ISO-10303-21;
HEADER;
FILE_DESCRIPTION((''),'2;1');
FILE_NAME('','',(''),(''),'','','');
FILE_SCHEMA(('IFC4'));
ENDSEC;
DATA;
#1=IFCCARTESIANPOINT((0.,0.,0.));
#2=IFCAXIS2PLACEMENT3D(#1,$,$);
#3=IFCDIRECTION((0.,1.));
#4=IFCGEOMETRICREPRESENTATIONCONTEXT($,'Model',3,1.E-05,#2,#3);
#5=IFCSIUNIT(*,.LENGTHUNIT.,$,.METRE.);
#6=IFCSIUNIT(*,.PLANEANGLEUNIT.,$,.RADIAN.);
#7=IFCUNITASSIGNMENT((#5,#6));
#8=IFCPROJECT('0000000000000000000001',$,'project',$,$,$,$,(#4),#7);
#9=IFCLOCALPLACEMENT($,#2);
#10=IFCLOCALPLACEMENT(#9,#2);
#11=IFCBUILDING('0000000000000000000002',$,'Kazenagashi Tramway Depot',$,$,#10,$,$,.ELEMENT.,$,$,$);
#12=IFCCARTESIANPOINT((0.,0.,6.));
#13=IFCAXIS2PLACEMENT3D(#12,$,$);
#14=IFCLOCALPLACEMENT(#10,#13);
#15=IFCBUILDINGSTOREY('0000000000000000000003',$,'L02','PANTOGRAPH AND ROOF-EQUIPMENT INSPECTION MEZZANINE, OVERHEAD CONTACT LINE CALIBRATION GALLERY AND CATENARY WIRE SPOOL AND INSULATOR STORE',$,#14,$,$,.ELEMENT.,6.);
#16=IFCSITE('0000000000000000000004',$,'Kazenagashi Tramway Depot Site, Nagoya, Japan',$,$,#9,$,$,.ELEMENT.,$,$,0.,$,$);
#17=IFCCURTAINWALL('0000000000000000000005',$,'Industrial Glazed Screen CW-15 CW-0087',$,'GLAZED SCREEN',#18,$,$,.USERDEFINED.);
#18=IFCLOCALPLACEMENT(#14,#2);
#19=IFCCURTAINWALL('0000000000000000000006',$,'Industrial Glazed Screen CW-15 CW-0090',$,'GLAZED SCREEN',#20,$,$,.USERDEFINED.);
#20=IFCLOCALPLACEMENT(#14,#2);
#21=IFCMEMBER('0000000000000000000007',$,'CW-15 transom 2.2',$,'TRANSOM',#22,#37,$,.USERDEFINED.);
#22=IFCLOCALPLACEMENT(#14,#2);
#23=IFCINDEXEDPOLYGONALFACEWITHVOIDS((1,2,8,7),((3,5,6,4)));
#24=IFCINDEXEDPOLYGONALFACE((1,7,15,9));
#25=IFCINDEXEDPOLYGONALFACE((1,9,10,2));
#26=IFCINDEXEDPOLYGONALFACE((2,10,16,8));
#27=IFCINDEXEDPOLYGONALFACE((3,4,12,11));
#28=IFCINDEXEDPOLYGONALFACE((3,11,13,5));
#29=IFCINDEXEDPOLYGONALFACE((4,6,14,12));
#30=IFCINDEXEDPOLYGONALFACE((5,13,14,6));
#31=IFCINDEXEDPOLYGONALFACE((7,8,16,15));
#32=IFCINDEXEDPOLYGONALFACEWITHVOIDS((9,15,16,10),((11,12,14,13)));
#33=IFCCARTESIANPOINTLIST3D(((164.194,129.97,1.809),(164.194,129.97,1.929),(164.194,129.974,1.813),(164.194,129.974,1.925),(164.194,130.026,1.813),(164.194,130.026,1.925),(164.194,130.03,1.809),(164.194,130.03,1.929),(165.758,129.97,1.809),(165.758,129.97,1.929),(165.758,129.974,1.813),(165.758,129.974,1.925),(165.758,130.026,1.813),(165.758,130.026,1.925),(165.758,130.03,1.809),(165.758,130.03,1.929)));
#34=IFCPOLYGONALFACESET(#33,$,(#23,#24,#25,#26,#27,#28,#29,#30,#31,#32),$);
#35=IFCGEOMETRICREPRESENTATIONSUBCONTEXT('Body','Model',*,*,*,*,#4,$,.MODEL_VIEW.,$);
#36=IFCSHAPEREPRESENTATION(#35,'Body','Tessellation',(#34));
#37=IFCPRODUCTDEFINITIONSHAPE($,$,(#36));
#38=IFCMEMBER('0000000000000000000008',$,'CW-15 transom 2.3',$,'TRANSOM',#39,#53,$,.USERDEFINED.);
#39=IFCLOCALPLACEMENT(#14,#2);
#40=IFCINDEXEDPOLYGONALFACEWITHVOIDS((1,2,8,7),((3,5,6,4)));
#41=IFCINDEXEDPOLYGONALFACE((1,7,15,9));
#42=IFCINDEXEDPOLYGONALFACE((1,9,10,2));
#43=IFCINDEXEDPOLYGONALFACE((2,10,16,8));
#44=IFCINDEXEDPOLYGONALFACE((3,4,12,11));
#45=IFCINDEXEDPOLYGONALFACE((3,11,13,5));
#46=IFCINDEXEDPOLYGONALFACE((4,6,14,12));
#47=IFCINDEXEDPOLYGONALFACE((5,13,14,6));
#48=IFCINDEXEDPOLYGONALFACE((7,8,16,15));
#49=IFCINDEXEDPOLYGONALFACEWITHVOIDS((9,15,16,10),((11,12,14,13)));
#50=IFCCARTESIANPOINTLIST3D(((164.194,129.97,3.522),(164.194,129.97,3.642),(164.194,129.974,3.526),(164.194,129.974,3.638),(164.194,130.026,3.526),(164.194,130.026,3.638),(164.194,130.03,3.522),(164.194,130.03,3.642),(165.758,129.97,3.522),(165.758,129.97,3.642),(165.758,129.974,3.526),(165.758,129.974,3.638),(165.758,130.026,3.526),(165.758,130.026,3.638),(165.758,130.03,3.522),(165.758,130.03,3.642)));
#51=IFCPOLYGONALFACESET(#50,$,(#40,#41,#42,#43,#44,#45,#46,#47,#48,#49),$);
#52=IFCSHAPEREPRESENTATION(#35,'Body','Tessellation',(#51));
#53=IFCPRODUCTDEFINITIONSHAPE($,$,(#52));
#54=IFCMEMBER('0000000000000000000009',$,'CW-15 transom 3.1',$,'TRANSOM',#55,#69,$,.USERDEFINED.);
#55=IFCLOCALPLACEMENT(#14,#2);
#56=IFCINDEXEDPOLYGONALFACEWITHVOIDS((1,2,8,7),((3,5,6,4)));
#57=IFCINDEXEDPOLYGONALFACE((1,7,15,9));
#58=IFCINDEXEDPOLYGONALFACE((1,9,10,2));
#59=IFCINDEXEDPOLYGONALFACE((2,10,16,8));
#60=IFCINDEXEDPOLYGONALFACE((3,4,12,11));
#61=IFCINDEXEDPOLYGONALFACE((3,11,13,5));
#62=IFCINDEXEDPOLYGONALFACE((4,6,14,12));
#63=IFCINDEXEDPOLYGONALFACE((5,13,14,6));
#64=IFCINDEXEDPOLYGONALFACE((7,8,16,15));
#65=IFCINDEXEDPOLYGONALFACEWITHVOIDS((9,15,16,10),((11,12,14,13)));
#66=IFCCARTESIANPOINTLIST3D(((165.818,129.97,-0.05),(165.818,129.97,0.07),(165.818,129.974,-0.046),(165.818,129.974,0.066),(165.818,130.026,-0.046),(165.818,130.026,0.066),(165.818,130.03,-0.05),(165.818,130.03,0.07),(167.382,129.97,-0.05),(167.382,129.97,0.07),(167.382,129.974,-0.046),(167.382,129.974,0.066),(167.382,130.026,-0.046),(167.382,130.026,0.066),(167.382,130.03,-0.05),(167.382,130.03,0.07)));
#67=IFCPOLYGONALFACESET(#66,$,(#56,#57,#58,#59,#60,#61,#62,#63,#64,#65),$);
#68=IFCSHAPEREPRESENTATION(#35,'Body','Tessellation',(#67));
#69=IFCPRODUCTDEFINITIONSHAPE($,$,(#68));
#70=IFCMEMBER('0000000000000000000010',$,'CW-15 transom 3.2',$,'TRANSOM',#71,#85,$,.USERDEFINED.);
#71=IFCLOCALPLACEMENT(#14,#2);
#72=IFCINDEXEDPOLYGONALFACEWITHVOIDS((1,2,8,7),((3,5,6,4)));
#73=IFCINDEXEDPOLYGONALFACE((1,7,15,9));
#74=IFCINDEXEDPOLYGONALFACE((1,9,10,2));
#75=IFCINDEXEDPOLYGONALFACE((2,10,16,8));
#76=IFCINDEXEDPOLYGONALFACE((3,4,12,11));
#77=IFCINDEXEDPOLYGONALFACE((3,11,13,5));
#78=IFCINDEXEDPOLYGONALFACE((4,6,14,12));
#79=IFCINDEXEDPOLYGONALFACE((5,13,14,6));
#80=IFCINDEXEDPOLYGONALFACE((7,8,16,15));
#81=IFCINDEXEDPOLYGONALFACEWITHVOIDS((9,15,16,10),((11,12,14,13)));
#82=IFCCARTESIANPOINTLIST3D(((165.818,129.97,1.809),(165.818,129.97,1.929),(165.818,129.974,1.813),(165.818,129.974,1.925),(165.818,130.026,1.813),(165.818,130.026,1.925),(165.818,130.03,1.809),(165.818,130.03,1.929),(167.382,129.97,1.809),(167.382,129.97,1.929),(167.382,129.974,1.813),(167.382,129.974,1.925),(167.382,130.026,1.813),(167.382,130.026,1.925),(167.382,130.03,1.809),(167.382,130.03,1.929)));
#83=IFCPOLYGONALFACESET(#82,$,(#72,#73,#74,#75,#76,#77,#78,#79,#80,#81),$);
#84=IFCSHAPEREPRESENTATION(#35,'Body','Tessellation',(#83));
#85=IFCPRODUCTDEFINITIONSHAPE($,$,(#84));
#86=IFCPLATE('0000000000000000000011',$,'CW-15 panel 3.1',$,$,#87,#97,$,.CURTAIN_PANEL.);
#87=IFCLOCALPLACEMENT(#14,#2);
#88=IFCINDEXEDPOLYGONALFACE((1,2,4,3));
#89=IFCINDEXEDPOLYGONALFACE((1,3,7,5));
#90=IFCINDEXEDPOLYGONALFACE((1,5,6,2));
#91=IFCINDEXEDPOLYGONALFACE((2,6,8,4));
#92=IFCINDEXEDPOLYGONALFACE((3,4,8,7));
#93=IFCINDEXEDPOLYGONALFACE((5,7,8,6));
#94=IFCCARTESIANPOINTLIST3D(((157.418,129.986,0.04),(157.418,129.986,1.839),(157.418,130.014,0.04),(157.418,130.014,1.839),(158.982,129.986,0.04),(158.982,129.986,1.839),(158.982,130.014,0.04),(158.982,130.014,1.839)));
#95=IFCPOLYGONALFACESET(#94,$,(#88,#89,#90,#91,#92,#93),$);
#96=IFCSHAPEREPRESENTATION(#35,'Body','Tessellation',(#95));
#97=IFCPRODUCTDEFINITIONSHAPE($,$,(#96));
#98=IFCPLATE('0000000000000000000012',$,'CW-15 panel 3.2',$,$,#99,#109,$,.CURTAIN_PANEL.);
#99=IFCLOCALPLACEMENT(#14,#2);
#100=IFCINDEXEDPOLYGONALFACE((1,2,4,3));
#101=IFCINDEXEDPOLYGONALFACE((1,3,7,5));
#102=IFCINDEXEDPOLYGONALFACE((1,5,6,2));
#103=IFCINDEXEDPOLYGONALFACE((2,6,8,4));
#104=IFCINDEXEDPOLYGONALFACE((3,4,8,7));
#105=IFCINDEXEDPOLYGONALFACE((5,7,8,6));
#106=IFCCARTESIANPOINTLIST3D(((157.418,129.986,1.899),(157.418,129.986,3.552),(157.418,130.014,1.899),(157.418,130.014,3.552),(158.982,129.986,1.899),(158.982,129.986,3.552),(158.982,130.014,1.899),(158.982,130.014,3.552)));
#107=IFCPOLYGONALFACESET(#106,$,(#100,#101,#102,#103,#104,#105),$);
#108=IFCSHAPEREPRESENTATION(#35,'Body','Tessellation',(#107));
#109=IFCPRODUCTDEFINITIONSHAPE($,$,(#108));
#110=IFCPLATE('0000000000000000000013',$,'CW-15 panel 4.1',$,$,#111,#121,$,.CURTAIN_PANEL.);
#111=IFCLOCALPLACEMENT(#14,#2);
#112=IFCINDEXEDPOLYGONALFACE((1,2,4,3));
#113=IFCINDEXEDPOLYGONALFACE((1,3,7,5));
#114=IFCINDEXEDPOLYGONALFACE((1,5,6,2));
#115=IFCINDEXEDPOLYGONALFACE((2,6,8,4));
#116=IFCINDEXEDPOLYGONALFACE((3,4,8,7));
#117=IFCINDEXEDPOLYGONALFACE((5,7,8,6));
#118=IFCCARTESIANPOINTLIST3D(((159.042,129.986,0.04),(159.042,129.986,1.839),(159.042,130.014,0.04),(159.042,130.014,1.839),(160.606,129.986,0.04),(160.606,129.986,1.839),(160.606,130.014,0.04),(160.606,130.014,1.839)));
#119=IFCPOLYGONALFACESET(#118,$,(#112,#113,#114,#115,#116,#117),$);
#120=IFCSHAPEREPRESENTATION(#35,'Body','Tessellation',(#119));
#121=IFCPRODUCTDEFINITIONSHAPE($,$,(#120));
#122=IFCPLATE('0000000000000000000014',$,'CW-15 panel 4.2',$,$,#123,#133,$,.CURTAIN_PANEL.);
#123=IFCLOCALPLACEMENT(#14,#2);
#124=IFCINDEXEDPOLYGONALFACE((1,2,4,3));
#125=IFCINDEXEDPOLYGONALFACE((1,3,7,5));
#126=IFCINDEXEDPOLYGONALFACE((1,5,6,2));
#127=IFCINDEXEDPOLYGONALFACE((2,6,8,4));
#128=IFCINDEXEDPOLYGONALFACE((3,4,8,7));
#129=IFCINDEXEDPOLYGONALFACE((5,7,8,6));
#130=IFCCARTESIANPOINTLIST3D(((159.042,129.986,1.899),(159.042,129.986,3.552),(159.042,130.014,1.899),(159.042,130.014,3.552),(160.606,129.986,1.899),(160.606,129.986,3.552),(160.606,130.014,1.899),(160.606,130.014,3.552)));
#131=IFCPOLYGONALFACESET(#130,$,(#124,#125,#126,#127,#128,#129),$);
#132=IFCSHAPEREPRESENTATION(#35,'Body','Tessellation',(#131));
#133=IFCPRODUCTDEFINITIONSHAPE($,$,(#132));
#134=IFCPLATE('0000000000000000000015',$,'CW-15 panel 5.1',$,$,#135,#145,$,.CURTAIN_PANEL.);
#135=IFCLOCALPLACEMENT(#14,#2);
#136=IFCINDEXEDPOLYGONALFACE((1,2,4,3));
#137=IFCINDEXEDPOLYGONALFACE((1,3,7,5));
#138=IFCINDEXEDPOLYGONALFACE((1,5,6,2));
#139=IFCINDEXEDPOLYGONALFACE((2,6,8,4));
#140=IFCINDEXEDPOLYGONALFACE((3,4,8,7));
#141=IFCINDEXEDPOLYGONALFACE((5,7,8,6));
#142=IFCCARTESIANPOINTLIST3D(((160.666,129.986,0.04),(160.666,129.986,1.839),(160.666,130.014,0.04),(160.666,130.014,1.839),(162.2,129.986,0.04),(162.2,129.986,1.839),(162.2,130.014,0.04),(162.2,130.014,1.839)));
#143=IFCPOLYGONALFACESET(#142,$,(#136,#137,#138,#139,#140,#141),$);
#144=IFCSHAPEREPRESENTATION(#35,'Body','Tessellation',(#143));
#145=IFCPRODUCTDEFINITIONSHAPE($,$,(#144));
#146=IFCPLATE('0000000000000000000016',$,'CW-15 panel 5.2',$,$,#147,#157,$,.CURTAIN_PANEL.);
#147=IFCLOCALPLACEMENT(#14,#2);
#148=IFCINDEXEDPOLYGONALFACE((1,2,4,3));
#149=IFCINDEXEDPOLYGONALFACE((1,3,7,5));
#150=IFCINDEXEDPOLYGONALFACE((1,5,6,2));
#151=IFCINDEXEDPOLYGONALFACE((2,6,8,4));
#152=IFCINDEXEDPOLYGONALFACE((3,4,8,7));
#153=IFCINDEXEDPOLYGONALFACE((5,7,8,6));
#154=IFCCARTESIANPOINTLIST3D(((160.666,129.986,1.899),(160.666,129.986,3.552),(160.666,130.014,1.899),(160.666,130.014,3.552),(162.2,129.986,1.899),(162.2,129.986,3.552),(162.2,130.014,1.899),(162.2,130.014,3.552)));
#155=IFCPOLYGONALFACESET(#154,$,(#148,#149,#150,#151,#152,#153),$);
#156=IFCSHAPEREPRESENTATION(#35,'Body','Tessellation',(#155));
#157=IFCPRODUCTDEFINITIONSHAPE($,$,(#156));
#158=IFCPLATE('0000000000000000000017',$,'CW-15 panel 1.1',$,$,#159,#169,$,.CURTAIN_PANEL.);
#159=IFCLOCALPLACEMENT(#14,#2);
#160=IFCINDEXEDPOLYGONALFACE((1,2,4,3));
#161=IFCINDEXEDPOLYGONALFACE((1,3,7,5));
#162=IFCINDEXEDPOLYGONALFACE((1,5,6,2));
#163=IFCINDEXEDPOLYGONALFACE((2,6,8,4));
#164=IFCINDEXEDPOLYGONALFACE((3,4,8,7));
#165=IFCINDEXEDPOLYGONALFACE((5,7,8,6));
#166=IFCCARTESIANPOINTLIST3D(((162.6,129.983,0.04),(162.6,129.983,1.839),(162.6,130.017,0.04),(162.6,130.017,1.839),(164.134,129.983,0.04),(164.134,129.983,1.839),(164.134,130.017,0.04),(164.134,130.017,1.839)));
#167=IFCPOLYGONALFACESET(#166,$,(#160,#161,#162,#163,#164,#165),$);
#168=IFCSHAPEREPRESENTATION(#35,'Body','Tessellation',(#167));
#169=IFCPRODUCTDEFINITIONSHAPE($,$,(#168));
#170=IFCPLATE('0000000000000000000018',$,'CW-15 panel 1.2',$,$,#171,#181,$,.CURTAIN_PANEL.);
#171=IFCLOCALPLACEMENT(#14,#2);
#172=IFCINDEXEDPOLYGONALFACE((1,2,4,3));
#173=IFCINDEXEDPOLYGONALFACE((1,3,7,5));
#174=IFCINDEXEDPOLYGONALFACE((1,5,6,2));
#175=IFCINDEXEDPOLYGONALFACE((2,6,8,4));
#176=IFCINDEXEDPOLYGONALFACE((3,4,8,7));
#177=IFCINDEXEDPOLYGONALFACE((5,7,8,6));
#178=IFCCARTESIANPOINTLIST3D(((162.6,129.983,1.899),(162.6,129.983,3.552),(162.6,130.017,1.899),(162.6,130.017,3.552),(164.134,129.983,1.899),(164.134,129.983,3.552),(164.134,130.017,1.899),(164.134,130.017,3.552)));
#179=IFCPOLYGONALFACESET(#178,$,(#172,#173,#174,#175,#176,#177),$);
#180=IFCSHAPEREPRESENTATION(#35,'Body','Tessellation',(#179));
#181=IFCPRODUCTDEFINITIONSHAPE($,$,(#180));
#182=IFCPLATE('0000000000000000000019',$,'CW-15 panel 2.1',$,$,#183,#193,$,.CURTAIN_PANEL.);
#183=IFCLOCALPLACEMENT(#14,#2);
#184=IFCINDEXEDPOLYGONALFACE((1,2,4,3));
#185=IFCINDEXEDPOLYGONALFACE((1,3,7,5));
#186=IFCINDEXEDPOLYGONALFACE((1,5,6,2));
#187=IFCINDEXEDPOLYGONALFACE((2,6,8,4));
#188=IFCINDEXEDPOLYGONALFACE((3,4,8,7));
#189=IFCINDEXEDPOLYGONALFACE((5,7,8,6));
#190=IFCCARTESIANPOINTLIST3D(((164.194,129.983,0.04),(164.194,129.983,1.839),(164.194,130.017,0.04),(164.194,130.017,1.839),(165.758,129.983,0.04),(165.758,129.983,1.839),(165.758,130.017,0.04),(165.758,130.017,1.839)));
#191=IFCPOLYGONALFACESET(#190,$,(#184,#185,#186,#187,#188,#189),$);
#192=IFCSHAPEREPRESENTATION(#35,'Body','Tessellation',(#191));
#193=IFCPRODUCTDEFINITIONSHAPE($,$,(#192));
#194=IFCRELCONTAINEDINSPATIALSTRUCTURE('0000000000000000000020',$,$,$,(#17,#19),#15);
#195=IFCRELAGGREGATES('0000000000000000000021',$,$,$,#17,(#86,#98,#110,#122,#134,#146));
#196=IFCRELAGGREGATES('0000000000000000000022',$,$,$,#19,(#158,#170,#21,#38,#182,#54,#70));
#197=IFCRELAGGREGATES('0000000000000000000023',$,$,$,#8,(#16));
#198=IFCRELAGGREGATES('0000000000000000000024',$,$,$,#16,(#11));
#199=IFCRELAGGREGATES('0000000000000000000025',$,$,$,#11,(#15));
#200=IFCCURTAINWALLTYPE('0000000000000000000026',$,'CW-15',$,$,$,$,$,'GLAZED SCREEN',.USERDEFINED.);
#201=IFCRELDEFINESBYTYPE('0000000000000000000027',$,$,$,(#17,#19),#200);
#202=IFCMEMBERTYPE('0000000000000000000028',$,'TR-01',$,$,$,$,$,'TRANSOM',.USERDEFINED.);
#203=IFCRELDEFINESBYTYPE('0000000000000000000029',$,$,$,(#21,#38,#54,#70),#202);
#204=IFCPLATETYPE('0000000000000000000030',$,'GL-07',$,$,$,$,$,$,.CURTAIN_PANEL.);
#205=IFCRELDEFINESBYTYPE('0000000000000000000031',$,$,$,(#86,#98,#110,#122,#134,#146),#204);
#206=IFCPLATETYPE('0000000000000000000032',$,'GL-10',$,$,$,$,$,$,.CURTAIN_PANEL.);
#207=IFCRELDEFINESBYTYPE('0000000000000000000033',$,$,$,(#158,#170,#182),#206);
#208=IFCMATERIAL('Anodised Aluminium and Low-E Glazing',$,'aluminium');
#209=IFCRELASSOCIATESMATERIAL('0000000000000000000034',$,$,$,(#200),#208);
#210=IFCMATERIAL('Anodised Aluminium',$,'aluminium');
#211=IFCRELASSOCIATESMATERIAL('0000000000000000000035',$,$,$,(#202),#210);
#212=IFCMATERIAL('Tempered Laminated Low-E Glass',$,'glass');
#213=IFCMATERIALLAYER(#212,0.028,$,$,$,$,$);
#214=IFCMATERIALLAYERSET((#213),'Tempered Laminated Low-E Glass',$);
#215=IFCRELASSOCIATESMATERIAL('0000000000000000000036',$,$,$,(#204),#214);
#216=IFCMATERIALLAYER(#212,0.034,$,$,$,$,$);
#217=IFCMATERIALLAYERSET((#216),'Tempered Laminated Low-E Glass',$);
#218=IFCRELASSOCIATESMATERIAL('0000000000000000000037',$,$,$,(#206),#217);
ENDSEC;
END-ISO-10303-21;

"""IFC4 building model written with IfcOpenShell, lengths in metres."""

from ifc_helpers import new_model, si_unit, direction, frame, origin, origin_2d, place, context, subcontext, project, spatial, rectangle, hollow_rectangle, extrude, material, layer, layer_set, material_profile, profile_set, type_object, element, aggregate, save


model = new_model("IFC4")

# Units and contexts
model_context = context("Model", 3, precision=1e-05, world=origin(), true_north=direction((0.0, 1.0)))
body_context = subcontext(model_context, "Body", "Model", "MODEL_VIEW")
ifc_project = project(units=[si_unit("LENGTHUNIT", "METRE"), si_unit("PLANEANGLEUNIT", "RADIAN")], contexts=[model_context])

# Site, building, storey
site_placement = place(None, origin())
site = spatial("IfcSite", under=ifc_project, at=site_placement, Name="Kazenagashi Tramway Depot Site, Nagoya, Japan", CompositionType="ELEMENT", RefElevation=0.0)
building_placement = place(site_placement, origin())
building = spatial("IfcBuilding", under=site, at=building_placement, Name="Kazenagashi Tramway Depot", CompositionType="ELEMENT")
storey_placement = place(building_placement, frame((0.0, 0.0, 6.0)))
storey = spatial("IfcBuildingStorey", under=building, at=storey_placement, Name="L02", Description="PANTOGRAPH AND ROOF-EQUIPMENT INSPECTION MEZZANINE, OVERHEAD CONTACT LINE CALIBRATION GALLERY AND CATENARY WIRE SPOOL AND INSULATOR STORE", CompositionType="ELEMENT", Elevation=6.0)

# Curtain walls
ifc_material_1 = material(Name="Anodised Aluminium and Low-E Glazing", Category="aluminium")
curtain_wall_type = type_object("IfcCurtainWallType", Name="CW-15", ElementType="GLAZED SCREEN", PredefinedType="USERDEFINED", material=ifc_material_1)
curtain_wall_1_placement = place(storey_placement, origin())
curtain_wall_1 = element("IfcCurtainWall", 1, at=curtain_wall_1_placement, inside=storey, type_object=curtain_wall_type, Name="Industrial Glazed Screen CW-15 CW-0087", ObjectType="GLAZED SCREEN", PredefinedType="USERDEFINED")
ifc_material_2 = material(Name="Anodised Aluminium", Category="aluminium")
curtain_wall_2_placement = place(storey_placement, origin())
curtain_wall_2 = element("IfcCurtainWall", 2, at=curtain_wall_2_placement, inside=storey, type_object=curtain_wall_type, Name="Industrial Glazed Screen CW-15 CW-0090", ObjectType="GLAZED SCREEN", PredefinedType="USERDEFINED")

# Members
ifc_material_profile_1 = material_profile(ifc_material_2, hollow_rectangle(XDim=0.06, YDim=0.12, WallThickness=0.004, at=origin_2d()), Name="RHS-120x60x4")
ifc_profile_set_1 = profile_set([ifc_material_profile_1], Name="Anodised Aluminium")
member_type_1 = type_object("IfcMemberType", Name="TR-01", ElementType="TRANSOM", PredefinedType="USERDEFINED", material=ifc_profile_set_1)
member_1_placement = place(storey_placement, frame((164.194, 130.0, 1.869), z_axis=(1.0, 0.0, 0.0), x_axis=(0.0, 1.0, 0.0)))
member_1 = element("IfcMember", 3, at=member_1_placement, type_object=member_type_1, Name="CW-15 transom 2.2", ObjectType="TRANSOM", PredefinedType="USERDEFINED", context=body_context, shape_type="SweptSolid", body=[
    extrude(hollow_rectangle(XDim=0.06, YDim=0.12, WallThickness=0.004, at=origin_2d()), origin(), (0.0, 0.0, 1.0), 1.564),
])
member_2_placement = place(storey_placement, frame((164.194, 130.0, 3.582), z_axis=(1.0, 0.0, 0.0), x_axis=(0.0, 1.0, 0.0)))
member_2 = element("IfcMember", 4, at=member_2_placement, type_object=member_type_1, Name="CW-15 transom 2.3", ObjectType="TRANSOM", PredefinedType="USERDEFINED", context=body_context, shape_type="SweptSolid", body=[
    extrude(hollow_rectangle(XDim=0.06, YDim=0.12, WallThickness=0.004, at=origin_2d()), origin(), (0.0, 0.0, 1.0), 1.564),
])
member_3_placement = place(storey_placement, frame((165.818, 130.0, 0.01), z_axis=(1.0, 0.0, 0.0), x_axis=(0.0, 1.0, 0.0)))
member_3 = element("IfcMember", 5, at=member_3_placement, type_object=member_type_1, Name="CW-15 transom 3.1", ObjectType="TRANSOM", PredefinedType="USERDEFINED", context=body_context, shape_type="SweptSolid", body=[
    extrude(hollow_rectangle(XDim=0.06, YDim=0.12, WallThickness=0.004, at=origin_2d()), origin(), (0.0, 0.0, 1.0), 1.564),
])
member_4_placement = place(storey_placement, frame((165.818, 130.0, 1.869), z_axis=(1.0, 0.0, 0.0), x_axis=(0.0, 1.0, 0.0)))
member_4 = element("IfcMember", 6, at=member_4_placement, type_object=member_type_1, Name="CW-15 transom 3.2", ObjectType="TRANSOM", PredefinedType="USERDEFINED", context=body_context, shape_type="SweptSolid", body=[
    extrude(hollow_rectangle(XDim=0.06, YDim=0.12, WallThickness=0.004, at=origin_2d()), origin(), (0.0, 0.0, 1.0), 1.564),
])

# Plates
ifc_material_3 = material(Name="Tempered Laminated Low-E Glass", Category="glass")
ifc_layer_1 = layer(ifc_material_3, 0.028)
ifc_layer_set_1 = layer_set([ifc_layer_1], Name="Tempered Laminated Low-E Glass")
plate_type_1 = type_object("IfcPlateType", Name="GL-07", PredefinedType="CURTAIN_PANEL", material=ifc_layer_set_1)
plate_1_placement = place(storey_placement, frame((158.2, 130.0, 0.04), z_axis=(0.0, 0.0, 1.0), x_axis=(1.0, 0.0, 0.0)))
plate_1 = element("IfcPlate", 7, at=plate_1_placement, type_object=plate_type_1, Name="CW-15 panel 3.1", PredefinedType="CURTAIN_PANEL", context=body_context, shape_type="SweptSolid", body=[
    extrude(rectangle(XDim=1.564, YDim=0.028, at=origin_2d()), origin(), (0.0, 0.0, 1.0), 1.799),
])
plate_2_placement = place(storey_placement, frame((158.2, 130.0, 1.899), z_axis=(0.0, 0.0, 1.0), x_axis=(1.0, 0.0, 0.0)))
plate_2 = element("IfcPlate", 8, at=plate_2_placement, type_object=plate_type_1, Name="CW-15 panel 3.2", PredefinedType="CURTAIN_PANEL", context=body_context, shape_type="SweptSolid", body=[
    extrude(rectangle(XDim=1.564, YDim=0.028, at=origin_2d()), origin(), (0.0, 0.0, 1.0), 1.653),
])
plate_3_placement = place(storey_placement, frame((159.824, 130.0, 0.04), z_axis=(0.0, 0.0, 1.0), x_axis=(1.0, 0.0, 0.0)))
plate_3 = element("IfcPlate", 9, at=plate_3_placement, type_object=plate_type_1, Name="CW-15 panel 4.1", PredefinedType="CURTAIN_PANEL", context=body_context, shape_type="SweptSolid", body=[
    extrude(rectangle(XDim=1.564, YDim=0.028, at=origin_2d()), origin(), (0.0, 0.0, 1.0), 1.799),
])
plate_4_placement = place(storey_placement, frame((159.824, 130.0, 1.899), z_axis=(0.0, 0.0, 1.0), x_axis=(1.0, 0.0, 0.0)))
plate_4 = element("IfcPlate", 10, at=plate_4_placement, type_object=plate_type_1, Name="CW-15 panel 4.2", PredefinedType="CURTAIN_PANEL", context=body_context, shape_type="SweptSolid", body=[
    extrude(rectangle(XDim=1.564, YDim=0.028, at=origin_2d()), origin(), (0.0, 0.0, 1.0), 1.653),
])
plate_5_placement = place(storey_placement, frame((161.433, 130.0, 0.04), z_axis=(0.0, 0.0, 1.0), x_axis=(1.0, 0.0, 0.0)))
plate_5 = element("IfcPlate", 11, at=plate_5_placement, type_object=plate_type_1, Name="CW-15 panel 5.1", PredefinedType="CURTAIN_PANEL", context=body_context, shape_type="SweptSolid", body=[
    extrude(rectangle(XDim=1.534, YDim=0.028, at=origin_2d()), origin(), (0.0, 0.0, 1.0), 1.799),
])
plate_6_placement = place(storey_placement, frame((161.433, 130.0, 1.899), z_axis=(0.0, 0.0, 1.0), x_axis=(1.0, 0.0, 0.0)))
plate_6 = element("IfcPlate", 12, at=plate_6_placement, type_object=plate_type_1, Name="CW-15 panel 5.2", PredefinedType="CURTAIN_PANEL", context=body_context, shape_type="SweptSolid", body=[
    extrude(rectangle(XDim=1.534, YDim=0.028, at=origin_2d()), origin(), (0.0, 0.0, 1.0), 1.653),
])
aggregate(curtain_wall_1, [plate_1, plate_2, plate_3, plate_4, plate_5, plate_6])
ifc_layer_2 = layer(ifc_material_3, 0.034)
ifc_layer_set_2 = layer_set([ifc_layer_2], Name="Tempered Laminated Low-E Glass")
plate_type_2 = type_object("IfcPlateType", Name="GL-10", PredefinedType="CURTAIN_PANEL", material=ifc_layer_set_2)
plate_7_placement = place(storey_placement, frame((163.367, 130.0, 0.04), z_axis=(0.0, 0.0, 1.0), x_axis=(1.0, 0.0, 0.0)))
plate_7 = element("IfcPlate", 13, at=plate_7_placement, type_object=plate_type_2, Name="CW-15 panel 1.1", PredefinedType="CURTAIN_PANEL", context=body_context, shape_type="SweptSolid", body=[
    extrude(rectangle(XDim=1.534, YDim=0.034, at=origin_2d()), origin(), (0.0, 0.0, 1.0), 1.799),
])
plate_8_placement = place(storey_placement, frame((163.367, 130.0, 1.899), z_axis=(0.0, 0.0, 1.0), x_axis=(1.0, 0.0, 0.0)))
plate_8 = element("IfcPlate", 14, at=plate_8_placement, type_object=plate_type_2, Name="CW-15 panel 1.2", PredefinedType="CURTAIN_PANEL", context=body_context, shape_type="SweptSolid", body=[
    extrude(rectangle(XDim=1.534, YDim=0.034, at=origin_2d()), origin(), (0.0, 0.0, 1.0), 1.653),
])
plate_9_placement = place(storey_placement, frame((164.976, 130.0, 0.04), z_axis=(0.0, 0.0, 1.0), x_axis=(1.0, 0.0, 0.0)))
plate_9 = element("IfcPlate", 15, at=plate_9_placement, type_object=plate_type_2, Name="CW-15 panel 2.1", PredefinedType="CURTAIN_PANEL", context=body_context, shape_type="SweptSolid", body=[
    extrude(rectangle(XDim=1.564, YDim=0.034, at=origin_2d()), origin(), (0.0, 0.0, 1.0), 1.799),
])
aggregate(curtain_wall_2, [plate_7, plate_8, member_1, member_2, plate_9, member_3, member_4])

save(model, "model.ifc")
